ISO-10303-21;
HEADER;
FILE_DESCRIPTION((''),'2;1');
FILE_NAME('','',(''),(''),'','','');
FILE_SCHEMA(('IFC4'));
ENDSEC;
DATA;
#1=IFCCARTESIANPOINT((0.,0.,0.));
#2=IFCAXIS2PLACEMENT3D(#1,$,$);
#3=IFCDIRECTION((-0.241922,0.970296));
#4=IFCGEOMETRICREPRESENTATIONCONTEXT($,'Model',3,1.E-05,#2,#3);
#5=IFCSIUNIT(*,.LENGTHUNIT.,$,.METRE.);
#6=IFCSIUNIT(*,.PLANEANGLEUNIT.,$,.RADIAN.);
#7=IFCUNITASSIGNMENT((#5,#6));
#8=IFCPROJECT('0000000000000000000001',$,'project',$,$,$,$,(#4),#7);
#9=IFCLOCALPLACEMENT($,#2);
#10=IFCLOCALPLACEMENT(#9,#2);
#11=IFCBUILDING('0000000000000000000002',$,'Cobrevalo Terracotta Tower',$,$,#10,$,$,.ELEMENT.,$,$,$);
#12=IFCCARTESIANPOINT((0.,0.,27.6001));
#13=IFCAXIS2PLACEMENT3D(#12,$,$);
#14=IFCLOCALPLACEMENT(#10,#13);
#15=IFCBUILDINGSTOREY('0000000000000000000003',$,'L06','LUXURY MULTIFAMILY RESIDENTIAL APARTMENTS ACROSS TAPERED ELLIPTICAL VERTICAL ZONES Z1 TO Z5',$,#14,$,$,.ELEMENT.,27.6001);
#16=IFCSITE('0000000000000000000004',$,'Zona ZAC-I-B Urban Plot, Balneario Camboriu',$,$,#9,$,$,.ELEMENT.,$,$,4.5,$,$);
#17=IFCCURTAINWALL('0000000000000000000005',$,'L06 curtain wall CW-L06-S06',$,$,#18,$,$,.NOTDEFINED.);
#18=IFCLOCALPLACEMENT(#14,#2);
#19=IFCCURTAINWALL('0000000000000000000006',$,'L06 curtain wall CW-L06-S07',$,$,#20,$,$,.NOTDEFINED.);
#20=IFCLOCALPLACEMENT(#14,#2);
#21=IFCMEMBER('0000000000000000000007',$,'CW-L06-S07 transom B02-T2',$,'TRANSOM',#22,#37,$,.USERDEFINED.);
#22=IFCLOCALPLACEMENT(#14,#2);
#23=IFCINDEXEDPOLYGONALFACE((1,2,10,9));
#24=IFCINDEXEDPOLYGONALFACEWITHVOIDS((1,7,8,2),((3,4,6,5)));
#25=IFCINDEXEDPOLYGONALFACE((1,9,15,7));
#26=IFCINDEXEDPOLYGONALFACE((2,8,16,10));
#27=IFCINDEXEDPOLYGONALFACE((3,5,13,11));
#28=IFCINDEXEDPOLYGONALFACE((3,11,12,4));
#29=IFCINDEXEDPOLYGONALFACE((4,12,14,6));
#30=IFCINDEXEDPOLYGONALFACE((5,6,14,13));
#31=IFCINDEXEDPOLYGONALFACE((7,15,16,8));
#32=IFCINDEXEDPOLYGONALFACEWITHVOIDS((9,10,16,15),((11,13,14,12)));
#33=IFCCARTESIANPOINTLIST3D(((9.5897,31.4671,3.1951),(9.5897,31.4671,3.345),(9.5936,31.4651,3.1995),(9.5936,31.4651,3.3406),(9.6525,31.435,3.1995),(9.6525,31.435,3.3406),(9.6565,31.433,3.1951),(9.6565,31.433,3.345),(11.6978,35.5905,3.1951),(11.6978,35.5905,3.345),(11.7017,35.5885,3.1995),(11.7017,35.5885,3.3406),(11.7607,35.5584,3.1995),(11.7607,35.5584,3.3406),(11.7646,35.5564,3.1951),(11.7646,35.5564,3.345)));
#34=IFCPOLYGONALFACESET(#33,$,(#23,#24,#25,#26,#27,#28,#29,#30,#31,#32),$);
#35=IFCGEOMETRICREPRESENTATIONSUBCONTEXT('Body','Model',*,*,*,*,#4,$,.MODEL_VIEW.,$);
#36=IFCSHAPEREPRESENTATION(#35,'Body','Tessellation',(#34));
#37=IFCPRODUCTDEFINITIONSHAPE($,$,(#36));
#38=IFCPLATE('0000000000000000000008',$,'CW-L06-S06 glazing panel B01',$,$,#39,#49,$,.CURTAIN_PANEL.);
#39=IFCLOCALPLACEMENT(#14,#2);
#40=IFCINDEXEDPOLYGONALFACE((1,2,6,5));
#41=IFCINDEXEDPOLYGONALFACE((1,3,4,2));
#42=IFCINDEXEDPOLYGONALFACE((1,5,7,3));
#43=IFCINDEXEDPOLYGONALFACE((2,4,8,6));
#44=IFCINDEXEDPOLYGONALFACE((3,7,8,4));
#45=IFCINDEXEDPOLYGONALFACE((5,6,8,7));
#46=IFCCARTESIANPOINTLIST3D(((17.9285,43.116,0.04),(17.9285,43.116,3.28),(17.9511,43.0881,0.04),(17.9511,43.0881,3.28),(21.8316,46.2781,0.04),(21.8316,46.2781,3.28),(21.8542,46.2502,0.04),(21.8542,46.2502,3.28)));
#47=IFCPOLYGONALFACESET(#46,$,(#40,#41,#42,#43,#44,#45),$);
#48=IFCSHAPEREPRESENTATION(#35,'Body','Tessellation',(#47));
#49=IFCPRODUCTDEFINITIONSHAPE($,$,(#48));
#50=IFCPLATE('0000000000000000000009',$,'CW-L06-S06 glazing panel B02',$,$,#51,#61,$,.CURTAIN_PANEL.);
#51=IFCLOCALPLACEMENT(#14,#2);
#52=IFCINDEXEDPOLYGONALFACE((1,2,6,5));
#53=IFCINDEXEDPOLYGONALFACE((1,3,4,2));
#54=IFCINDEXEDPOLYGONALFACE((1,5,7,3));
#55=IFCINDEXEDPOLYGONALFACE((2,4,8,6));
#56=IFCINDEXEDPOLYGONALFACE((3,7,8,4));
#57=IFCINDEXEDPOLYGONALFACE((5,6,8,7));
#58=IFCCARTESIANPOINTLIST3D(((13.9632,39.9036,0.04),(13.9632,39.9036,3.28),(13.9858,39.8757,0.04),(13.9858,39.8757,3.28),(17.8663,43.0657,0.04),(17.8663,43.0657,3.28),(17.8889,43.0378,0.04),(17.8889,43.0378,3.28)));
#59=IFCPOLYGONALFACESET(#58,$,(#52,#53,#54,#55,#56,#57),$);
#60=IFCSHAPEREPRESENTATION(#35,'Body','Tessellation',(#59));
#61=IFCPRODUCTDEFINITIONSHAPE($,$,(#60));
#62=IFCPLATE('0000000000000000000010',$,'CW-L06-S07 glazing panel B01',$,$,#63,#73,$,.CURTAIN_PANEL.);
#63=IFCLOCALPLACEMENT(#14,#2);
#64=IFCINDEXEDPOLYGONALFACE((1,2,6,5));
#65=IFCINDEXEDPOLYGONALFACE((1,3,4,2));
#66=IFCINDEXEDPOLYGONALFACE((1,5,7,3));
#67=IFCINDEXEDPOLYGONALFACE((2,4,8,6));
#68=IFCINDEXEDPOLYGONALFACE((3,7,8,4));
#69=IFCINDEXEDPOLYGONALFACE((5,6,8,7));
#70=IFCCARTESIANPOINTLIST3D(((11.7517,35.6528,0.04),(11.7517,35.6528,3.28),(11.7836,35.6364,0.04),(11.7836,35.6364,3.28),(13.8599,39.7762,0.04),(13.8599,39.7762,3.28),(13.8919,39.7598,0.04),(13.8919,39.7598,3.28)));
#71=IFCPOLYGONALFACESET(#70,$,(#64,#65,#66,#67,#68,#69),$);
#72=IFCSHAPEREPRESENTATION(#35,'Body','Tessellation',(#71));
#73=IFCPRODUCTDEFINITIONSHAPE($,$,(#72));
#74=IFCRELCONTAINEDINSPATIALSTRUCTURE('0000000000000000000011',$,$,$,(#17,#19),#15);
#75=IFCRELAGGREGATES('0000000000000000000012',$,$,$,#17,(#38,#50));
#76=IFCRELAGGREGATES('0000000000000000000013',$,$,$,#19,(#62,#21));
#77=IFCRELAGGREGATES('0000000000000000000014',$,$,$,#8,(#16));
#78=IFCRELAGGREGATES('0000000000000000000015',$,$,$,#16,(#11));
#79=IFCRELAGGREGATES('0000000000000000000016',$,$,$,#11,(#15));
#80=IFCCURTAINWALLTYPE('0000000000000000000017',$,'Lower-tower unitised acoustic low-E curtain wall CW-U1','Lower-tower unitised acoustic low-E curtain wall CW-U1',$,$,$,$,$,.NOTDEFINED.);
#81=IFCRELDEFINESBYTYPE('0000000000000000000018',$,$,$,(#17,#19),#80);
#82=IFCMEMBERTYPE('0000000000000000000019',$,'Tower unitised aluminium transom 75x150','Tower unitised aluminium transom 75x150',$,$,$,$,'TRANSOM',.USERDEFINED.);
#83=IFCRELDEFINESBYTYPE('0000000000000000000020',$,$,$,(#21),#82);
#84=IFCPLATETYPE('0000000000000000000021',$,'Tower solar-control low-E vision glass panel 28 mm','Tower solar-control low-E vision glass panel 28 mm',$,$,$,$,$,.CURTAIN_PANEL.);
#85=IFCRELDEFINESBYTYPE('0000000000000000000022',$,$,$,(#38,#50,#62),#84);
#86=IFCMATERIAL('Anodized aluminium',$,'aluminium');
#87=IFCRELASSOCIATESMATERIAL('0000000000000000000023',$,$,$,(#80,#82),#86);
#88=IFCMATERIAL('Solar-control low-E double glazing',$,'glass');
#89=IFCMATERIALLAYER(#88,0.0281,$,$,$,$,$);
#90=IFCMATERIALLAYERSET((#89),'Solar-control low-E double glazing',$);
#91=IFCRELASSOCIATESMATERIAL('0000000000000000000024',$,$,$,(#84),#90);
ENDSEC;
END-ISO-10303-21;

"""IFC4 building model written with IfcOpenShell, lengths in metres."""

from ifc_helpers import new_model, si_unit, direction, frame, origin, origin_2d, place, context, subcontext, project, spatial, rectangle, hollow_rectangle, extrude, source, transform, mapped, material, layer, layer_set, material_profile, profile_set, type_object, element, aggregate, save


model = new_model("IFC4")

# Units and contexts
model_context = context("Model", 3, precision=1e-05, world=origin(), true_north=direction((-0.241922, 0.970296)))
body_context = subcontext(model_context, "Body", "Model", "MODEL_VIEW")
ifc_project = project(units=[si_unit("LENGTHUNIT", "METRE"), si_unit("PLANEANGLEUNIT", "RADIAN")], contexts=[model_context])

# Site, building, storey
site_placement = place(None, origin())
site = spatial("IfcSite", under=ifc_project, at=site_placement, Name="Zona ZAC-I-B Urban Plot, Balneario Camboriu", CompositionType="ELEMENT", RefElevation=4.5)
building_placement = place(site_placement, origin())
building = spatial("IfcBuilding", under=site, at=building_placement, Name="Cobrevalo Terracotta Tower", CompositionType="ELEMENT")
storey_placement = place(building_placement, frame((0.0, 0.0, 27.6001)))
storey = spatial("IfcBuildingStorey", under=building, at=storey_placement, Name="L06", Description="LUXURY MULTIFAMILY RESIDENTIAL APARTMENTS ACROSS TAPERED ELLIPTICAL VERTICAL ZONES Z1 TO Z5", CompositionType="ELEMENT", Elevation=27.6001)

# Curtain walls, member
ifc_material_1 = material(Name="Anodized aluminium", Category="aluminium")
curtain_wall_type = type_object("IfcCurtainWallType", Name="Lower-tower unitised acoustic low-E curtain wall CW-U1", Description="Lower-tower unitised acoustic low-E curtain wall CW-U1", PredefinedType="NOTDEFINED", material=ifc_material_1)
curtain_wall_1_placement = place(storey_placement, origin())
curtain_wall_1 = element("IfcCurtainWall", 1, at=curtain_wall_1_placement, inside=storey, type_object=curtain_wall_type, Name="L06 curtain wall CW-L06-S06", PredefinedType="NOTDEFINED")
ifc_material_profile_1 = material_profile(ifc_material_1, hollow_rectangle(XDim=0.075, YDim=0.1499, WallThickness=0.0044, at=origin_2d()), Name="CWT 75x150")
ifc_profile_set_1 = profile_set([ifc_material_profile_1], Name="Anodized aluminium")
member_type_1 = type_object("IfcMemberType", Name="Tower unitised aluminium transom 75x150", Description="Tower unitised aluminium transom 75x150", ElementType="TRANSOM", PredefinedType="USERDEFINED", material=ifc_profile_set_1)
curtain_wall_2_placement = place(storey_placement, origin())
curtain_wall_2 = element("IfcCurtainWall", 2, at=curtain_wall_2_placement, inside=storey, type_object=curtain_wall_type, Name="L06 curtain wall CW-L06-S07", PredefinedType="NOTDEFINED")
shared_shape_1 = source(origin(), body_context, "Body", "SweptSolid", [
    extrude(hollow_rectangle(XDim=0.075, YDim=0.1499, WallThickness=0.0044, at=origin_2d()), origin(), (0.0, 0.0, 1.0), 4.6311),
])
member_1_placement = place(storey_placement, frame((11.7312, 35.5735, 3.27), z_axis=(-0.455209, -0.890385, 0.0), x_axis=(0.890385, -0.455209, 0.0)))
member_1 = element("IfcMember", 3, at=member_1_placement, type_object=member_type_1, Name="CW-L06-S07 transom B02-T2", ObjectType="TRANSOM", PredefinedType="USERDEFINED", context=body_context, shape_type="MappedRepresentation", body=[
    mapped(shared_shape_1, transform((0.0, 0.0, 0.0), scale=1.0)),
])

# Plates
ifc_material_2 = material(Name="Solar-control low-E double glazing", Category="glass")
ifc_layer = layer(ifc_material_2, 0.0281)
ifc_layer_set = layer_set([ifc_layer], Name="Solar-control low-E double glazing")
plate_type = type_object("IfcPlateType", Name="Tower solar-control low-E vision glass panel 28 mm", Description="Tower solar-control low-E vision glass panel 28 mm", PredefinedType="CURTAIN_PANEL", material=ifc_layer_set)
shared_shape_2 = source(origin(), body_context, "Body", "SweptSolid", [
    extrude(rectangle(XDim=5.0232, YDim=0.0359, at=origin_2d()), origin(), (0.0, 0.0, 1.0), 3.24),
])
plate_1_placement = place(storey_placement, frame((19.8914, 44.6831, 0.04), z_axis=(0.0, 0.0, 1.0), x_axis=(-0.777008, -0.629491, 0.0)))
plate_1 = element("IfcPlate", 4, at=plate_1_placement, type_object=plate_type, Name="CW-L06-S06 glazing panel B01", PredefinedType="CURTAIN_PANEL", context=body_context, shape_type="MappedRepresentation", body=[
    mapped(shared_shape_2, transform((0.0, 0.0, 0.0), scale=1.0)),
])
plate_2_placement = place(storey_placement, frame((15.926, 41.4707, 0.04), z_axis=(0.0, 0.0, 1.0), x_axis=(-0.777008, -0.629491, 0.0)))
plate_2 = element("IfcPlate", 5, at=plate_2_placement, type_object=plate_type, Name="CW-L06-S06 glazing panel B02", PredefinedType="CURTAIN_PANEL", context=body_context, shape_type="MappedRepresentation", body=[
    mapped(shared_shape_2, transform((0.0, 0.0, 0.0), scale=1.0)),
])
aggregate(curtain_wall_1, [plate_1, plate_2])
shared_shape_3 = source(origin(), body_context, "Body", "SweptSolid", [
    extrude(rectangle(XDim=4.6311, YDim=0.0359, at=origin_2d()), origin(), (0.0, 0.0, 1.0), 3.24),
])
plate_3_placement = place(storey_placement, frame((12.8218, 37.7063, 0.04), z_axis=(0.0, 0.0, 1.0), x_axis=(-0.455231, -0.890373, 0.0)))
plate_3 = element("IfcPlate", 6, at=plate_3_placement, type_object=plate_type, Name="CW-L06-S07 glazing panel B01", PredefinedType="CURTAIN_PANEL", context=body_context, shape_type="MappedRepresentation", body=[
    mapped(shared_shape_3, transform((0.0, 0.0, 0.0), scale=1.0)),
])
aggregate(curtain_wall_2, [plate_3, member_1])

save(model, "model.ifc")
